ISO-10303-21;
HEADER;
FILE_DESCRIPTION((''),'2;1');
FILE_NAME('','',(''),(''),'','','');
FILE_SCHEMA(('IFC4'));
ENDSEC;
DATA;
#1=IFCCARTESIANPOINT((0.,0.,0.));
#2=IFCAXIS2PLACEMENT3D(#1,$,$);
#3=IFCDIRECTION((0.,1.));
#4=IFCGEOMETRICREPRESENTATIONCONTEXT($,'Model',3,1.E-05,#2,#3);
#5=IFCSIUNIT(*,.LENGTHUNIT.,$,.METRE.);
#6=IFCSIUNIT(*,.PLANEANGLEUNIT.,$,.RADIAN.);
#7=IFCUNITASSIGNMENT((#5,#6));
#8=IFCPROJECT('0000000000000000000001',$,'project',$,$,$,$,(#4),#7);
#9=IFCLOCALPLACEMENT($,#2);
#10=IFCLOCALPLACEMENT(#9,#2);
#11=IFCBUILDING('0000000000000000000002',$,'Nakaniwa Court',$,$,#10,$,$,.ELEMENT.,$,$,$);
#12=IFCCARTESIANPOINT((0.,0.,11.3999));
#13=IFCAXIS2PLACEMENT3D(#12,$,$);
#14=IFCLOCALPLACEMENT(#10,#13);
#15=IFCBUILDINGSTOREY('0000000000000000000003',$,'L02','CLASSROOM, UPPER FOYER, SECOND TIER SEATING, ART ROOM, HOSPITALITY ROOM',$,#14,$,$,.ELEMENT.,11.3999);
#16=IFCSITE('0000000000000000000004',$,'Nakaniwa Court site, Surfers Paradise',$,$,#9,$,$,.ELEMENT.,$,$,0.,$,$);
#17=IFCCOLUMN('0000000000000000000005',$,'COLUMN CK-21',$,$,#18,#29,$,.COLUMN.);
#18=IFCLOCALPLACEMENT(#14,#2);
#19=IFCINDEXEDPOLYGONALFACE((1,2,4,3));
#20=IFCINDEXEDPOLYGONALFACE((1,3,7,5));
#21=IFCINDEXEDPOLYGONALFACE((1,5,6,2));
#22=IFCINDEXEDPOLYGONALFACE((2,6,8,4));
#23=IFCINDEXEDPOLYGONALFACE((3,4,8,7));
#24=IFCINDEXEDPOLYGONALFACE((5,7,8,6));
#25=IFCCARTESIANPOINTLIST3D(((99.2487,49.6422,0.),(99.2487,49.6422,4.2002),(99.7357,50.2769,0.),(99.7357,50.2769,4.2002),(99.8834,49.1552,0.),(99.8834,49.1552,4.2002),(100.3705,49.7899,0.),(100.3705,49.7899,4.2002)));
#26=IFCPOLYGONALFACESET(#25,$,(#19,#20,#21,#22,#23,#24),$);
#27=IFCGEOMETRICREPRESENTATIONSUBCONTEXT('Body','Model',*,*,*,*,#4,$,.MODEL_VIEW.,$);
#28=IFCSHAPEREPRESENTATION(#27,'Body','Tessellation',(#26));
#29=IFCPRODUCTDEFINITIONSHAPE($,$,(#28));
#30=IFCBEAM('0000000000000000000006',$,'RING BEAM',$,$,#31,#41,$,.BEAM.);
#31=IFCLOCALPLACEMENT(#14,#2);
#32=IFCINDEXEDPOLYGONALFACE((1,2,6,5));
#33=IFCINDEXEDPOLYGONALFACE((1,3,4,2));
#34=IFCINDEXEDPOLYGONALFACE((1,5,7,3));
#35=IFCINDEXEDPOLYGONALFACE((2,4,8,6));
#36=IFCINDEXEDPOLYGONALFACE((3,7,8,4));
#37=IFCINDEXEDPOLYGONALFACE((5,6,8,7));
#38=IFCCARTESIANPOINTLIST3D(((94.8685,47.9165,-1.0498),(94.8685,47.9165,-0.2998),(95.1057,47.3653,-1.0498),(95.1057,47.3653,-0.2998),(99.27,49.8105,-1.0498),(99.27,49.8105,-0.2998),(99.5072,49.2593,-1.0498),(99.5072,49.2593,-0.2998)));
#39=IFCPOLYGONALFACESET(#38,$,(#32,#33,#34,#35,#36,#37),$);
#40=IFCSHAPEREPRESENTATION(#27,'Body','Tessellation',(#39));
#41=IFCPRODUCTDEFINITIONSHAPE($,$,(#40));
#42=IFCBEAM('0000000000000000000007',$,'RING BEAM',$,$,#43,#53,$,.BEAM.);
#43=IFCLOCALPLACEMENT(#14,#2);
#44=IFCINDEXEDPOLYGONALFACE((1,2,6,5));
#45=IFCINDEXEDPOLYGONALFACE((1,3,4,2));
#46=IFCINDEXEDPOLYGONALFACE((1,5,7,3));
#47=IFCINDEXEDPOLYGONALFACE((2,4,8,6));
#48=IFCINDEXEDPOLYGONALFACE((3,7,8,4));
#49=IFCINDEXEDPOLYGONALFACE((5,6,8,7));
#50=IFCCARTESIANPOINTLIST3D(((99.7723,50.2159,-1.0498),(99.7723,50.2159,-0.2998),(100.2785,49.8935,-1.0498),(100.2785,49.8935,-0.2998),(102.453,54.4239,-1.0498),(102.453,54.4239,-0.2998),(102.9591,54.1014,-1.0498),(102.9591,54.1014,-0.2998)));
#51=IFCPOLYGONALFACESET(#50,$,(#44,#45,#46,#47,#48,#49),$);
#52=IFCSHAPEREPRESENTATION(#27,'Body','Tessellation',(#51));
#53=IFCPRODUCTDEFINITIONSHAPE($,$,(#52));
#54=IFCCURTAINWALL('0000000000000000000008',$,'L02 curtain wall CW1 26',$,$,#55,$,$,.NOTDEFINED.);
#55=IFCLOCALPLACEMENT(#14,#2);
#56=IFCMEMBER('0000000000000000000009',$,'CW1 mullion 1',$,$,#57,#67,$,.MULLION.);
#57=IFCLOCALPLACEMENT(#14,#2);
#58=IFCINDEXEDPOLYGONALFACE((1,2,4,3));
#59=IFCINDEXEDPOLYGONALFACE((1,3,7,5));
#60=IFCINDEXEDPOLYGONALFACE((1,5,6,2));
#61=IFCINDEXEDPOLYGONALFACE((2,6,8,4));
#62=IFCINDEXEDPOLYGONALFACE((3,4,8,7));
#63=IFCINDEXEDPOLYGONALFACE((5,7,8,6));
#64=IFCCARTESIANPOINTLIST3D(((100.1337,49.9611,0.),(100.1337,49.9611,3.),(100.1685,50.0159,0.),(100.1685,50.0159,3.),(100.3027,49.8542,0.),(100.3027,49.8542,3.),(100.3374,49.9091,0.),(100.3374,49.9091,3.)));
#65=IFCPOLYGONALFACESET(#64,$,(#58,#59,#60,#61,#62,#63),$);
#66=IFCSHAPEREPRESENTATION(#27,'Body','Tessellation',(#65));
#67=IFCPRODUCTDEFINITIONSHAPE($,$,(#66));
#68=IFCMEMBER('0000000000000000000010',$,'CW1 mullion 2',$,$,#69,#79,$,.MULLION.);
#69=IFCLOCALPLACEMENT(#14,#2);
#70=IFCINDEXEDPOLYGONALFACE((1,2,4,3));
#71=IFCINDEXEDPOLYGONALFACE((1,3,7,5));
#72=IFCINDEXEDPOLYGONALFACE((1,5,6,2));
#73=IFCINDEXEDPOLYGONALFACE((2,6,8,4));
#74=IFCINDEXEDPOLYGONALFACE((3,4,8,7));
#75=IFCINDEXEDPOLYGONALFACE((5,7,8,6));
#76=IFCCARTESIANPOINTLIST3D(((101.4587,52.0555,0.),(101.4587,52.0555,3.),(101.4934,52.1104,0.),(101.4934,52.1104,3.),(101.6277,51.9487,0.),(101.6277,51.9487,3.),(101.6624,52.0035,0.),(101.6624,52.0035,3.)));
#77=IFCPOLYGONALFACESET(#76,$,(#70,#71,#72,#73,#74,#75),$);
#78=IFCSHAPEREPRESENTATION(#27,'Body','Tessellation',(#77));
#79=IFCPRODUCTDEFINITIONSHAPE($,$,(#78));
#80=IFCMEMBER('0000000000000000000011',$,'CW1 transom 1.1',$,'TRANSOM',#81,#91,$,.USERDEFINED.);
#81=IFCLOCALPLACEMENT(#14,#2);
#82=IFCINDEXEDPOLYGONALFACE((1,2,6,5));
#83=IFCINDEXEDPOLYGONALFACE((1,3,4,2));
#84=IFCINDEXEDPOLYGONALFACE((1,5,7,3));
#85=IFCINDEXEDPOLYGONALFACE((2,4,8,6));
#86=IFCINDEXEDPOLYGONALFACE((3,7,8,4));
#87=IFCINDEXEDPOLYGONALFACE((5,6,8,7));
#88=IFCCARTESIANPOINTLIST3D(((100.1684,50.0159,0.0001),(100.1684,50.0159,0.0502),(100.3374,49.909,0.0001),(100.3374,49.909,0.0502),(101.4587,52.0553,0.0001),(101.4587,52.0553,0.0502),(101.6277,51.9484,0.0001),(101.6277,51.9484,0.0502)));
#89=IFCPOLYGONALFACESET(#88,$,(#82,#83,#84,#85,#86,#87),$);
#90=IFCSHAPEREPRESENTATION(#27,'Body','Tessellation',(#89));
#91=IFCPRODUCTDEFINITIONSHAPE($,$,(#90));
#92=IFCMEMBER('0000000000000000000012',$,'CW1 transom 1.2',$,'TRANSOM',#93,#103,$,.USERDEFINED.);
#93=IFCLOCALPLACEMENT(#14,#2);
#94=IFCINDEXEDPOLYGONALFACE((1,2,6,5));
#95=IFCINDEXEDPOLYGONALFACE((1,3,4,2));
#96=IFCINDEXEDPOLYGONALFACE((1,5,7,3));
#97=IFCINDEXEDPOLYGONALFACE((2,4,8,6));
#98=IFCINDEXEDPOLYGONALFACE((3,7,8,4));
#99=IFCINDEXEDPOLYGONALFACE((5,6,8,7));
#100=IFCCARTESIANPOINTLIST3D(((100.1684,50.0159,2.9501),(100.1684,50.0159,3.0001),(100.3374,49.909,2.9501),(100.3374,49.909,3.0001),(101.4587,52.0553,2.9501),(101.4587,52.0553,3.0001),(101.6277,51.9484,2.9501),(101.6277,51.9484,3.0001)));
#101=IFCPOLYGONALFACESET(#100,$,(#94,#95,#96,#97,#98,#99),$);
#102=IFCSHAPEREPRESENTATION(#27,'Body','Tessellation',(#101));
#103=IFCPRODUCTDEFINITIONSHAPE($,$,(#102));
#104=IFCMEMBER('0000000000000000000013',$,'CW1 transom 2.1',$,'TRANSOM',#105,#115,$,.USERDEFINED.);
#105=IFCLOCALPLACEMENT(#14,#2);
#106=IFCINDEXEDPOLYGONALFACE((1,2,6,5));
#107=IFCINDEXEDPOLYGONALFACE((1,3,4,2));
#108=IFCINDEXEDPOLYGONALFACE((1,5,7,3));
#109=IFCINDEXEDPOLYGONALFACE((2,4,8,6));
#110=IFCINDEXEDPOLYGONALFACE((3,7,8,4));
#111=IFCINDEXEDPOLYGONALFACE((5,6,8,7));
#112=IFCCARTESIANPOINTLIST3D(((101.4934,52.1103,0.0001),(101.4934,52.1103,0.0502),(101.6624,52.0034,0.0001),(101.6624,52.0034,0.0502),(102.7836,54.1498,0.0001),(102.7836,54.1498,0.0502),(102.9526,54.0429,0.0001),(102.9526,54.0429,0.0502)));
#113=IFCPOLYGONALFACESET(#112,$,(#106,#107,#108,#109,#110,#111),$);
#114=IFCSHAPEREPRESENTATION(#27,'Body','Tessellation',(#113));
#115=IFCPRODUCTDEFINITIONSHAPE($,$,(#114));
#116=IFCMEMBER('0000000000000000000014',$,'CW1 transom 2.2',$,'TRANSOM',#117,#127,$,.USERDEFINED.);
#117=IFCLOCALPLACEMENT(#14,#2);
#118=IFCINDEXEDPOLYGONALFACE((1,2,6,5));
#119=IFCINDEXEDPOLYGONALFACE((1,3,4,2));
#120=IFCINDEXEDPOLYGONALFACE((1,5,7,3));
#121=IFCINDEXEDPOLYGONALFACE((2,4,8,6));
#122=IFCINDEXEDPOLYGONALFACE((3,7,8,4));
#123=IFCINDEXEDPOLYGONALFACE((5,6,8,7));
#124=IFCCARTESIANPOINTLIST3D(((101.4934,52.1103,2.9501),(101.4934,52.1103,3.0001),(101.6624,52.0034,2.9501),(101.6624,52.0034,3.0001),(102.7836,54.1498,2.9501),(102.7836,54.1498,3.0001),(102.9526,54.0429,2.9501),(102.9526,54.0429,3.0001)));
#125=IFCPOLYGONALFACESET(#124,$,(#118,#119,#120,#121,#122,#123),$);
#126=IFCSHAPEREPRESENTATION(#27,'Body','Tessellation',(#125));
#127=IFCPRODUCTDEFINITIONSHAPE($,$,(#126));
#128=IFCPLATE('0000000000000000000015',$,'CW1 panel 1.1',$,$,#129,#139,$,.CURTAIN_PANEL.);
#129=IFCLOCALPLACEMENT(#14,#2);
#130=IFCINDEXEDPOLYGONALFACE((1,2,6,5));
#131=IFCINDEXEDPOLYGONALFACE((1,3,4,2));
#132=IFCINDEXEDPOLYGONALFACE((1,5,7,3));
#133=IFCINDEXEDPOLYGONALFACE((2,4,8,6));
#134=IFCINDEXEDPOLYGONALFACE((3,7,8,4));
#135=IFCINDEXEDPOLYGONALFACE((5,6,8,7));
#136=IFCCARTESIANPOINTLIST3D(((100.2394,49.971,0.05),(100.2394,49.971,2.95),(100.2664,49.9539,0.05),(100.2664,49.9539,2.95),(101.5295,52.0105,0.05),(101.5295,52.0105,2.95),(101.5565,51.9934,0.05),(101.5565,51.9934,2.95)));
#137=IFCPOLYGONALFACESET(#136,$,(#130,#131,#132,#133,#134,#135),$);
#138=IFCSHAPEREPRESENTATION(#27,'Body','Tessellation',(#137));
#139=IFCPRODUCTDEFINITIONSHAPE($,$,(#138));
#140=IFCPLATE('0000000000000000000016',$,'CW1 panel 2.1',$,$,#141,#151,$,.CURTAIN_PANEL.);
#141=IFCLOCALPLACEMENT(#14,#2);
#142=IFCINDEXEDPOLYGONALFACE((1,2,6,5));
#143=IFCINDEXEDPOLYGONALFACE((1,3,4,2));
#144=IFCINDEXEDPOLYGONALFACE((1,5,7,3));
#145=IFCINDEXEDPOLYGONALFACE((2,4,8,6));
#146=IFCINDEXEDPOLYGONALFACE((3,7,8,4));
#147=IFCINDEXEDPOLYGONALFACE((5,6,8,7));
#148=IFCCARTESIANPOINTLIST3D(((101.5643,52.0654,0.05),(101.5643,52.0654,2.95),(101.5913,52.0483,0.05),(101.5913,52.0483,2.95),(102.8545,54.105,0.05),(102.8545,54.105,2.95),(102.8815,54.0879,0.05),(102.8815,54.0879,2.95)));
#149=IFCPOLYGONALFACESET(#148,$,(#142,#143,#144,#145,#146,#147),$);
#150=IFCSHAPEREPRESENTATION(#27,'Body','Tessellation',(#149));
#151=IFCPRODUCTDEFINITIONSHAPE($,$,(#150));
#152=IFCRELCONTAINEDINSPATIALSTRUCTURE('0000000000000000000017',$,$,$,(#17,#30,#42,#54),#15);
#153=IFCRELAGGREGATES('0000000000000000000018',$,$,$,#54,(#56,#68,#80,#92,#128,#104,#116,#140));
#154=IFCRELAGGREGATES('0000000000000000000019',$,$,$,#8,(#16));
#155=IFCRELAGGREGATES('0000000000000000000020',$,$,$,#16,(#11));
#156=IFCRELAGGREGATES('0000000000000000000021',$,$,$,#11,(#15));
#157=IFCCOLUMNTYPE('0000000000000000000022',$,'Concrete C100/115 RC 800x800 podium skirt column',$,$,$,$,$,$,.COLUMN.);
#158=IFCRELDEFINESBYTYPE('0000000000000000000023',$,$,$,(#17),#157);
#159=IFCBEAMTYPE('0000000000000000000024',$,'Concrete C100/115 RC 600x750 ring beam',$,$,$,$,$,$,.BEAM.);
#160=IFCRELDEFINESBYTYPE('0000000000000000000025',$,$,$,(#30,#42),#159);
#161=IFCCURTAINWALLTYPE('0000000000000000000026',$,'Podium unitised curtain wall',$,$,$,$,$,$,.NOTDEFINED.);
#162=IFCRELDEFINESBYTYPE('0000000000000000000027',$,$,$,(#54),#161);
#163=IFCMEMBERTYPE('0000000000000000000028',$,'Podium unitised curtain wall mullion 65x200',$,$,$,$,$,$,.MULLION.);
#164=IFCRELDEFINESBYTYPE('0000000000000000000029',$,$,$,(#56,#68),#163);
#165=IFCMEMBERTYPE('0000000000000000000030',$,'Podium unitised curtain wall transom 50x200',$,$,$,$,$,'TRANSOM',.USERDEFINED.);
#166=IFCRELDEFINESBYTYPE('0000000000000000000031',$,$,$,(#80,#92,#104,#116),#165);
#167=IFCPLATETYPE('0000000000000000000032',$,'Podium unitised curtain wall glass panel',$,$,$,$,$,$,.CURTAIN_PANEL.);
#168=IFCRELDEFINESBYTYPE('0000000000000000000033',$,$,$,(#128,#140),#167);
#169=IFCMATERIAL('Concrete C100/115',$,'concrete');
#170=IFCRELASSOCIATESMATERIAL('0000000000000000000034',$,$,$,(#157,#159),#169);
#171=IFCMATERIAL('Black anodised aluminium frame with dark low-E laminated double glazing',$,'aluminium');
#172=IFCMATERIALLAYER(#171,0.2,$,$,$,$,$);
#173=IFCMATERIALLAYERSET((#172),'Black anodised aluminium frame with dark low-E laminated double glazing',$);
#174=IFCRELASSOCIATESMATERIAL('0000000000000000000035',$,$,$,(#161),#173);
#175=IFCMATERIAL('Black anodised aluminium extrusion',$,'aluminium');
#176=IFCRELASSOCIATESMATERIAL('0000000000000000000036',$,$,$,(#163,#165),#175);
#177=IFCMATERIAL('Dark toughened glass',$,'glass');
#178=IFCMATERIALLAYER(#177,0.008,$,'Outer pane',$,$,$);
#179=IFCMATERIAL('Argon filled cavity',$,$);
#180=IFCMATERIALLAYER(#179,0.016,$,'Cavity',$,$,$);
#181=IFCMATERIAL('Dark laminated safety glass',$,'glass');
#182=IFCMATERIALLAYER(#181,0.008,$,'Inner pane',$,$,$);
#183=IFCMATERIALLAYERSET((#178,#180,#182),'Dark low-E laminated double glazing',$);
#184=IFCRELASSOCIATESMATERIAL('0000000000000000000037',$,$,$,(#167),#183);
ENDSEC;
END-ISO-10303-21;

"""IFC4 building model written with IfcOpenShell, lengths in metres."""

from ifc_helpers import new_model, si_unit, direction, frame, origin, origin_2d, place, context, subcontext, project, spatial, rectangle, extrude, material, layer, layer_set, material_profile, profile_set, type_object, element, aggregate, save


model = new_model("IFC4")

# Units and contexts
model_context = context("Model", 3, precision=1e-05, world=origin(), true_north=direction((0.0, 1.0)))
body_context = subcontext(model_context, "Body", "Model", "MODEL_VIEW")
ifc_project = project(units=[si_unit("LENGTHUNIT", "METRE"), si_unit("PLANEANGLEUNIT", "RADIAN")], contexts=[model_context])

# Site, building, storey
site_placement = place(None, origin())
site = spatial("IfcSite", under=ifc_project, at=site_placement, Name="Nakaniwa Court site, Surfers Paradise", CompositionType="ELEMENT", RefElevation=0.0)
building_placement = place(site_placement, origin())
building = spatial("IfcBuilding", under=site, at=building_placement, Name="Nakaniwa Court", CompositionType="ELEMENT")
storey_placement = place(building_placement, frame((0.0, 0.0, 11.3999)))
storey = spatial("IfcBuildingStorey", under=building, at=storey_placement, Name="L02", Description="CLASSROOM, UPPER FOYER, SECOND TIER SEATING, ART ROOM, HOSPITALITY ROOM", CompositionType="ELEMENT", Elevation=11.3999)

# Column
ifc_material_1 = material(Name="Concrete C100/115", Category="concrete")
ifc_material_profile_1 = material_profile(ifc_material_1, rectangle(XDim=0.8, YDim=0.8, at=origin_2d()), Name="Concrete C100/115 RC 800x800 podium skirt column")
ifc_profile_set_1 = profile_set([ifc_material_profile_1], Name="Concrete C100/115")
column_type = type_object("IfcColumnType", Name="Concrete C100/115 RC 800x800 podium skirt column", PredefinedType="COLUMN", material=ifc_profile_set_1)
column_placement = place(storey_placement, frame((99.8096, 49.7161, 0.0), z_axis=(0.0, 0.0, 1.0), x_axis=(0.608761, 0.793353, 0.0)))
element("IfcColumn", 1, at=column_placement, inside=storey, type_object=column_type, Name="COLUMN CK-21", PredefinedType="COLUMN", context=body_context, shape_type="SweptSolid", body=[
    extrude(rectangle(XDim=0.8, YDim=0.8, at=origin_2d()), origin(), (0.0, 0.0, 1.0), 4.2002),
])

# Beams
ifc_material_profile_2 = material_profile(ifc_material_1, rectangle(XDim=0.6001, YDim=0.75, at=origin_2d()), Name="Concrete C100/115 RC 600x750 ring beam")
ifc_profile_set_2 = profile_set([ifc_material_profile_2], Name="Concrete C100/115")
beam_type = type_object("IfcBeamType", Name="Concrete C100/115 RC 600x750 ring beam", PredefinedType="BEAM", material=ifc_profile_set_2)
beam_1_placement = place(storey_placement, frame((94.9871, 47.6409, -0.6748), z_axis=(0.918567, 0.395266, 0.0), x_axis=(-0.395266, 0.918567, 0.0)))
element("IfcBeam", 2, at=beam_1_placement, inside=storey, type_object=beam_type, Name="RING BEAM", PredefinedType="BEAM", context=body_context, shape_type="SweptSolid", body=[
    extrude(rectangle(XDim=0.6001, YDim=0.75, at=origin_2d()), origin(), (0.0, 0.0, 1.0), 4.7917),
])
beam_2_placement = place(storey_placement, frame((100.0254, 50.0547, -0.6748), z_axis=(0.537281, 0.843403, 0.0), x_axis=(-0.843403, 0.537281, 0.0)))
element("IfcBeam", 3, at=beam_2_placement, inside=storey, type_object=beam_type, Name="RING BEAM", PredefinedType="BEAM", context=body_context, shape_type="SweptSolid", body=[
    extrude(rectangle(XDim=0.6001, YDim=0.75, at=origin_2d()), origin(), (0.0, 0.0, 1.0), 4.9893),
])

# Curtain wall, members, plates
ifc_material_2 = material(Name="Black anodised aluminium frame with dark low-E laminated double glazing", Category="aluminium")
ifc_layer_1 = layer(ifc_material_2, 0.2)
ifc_layer_set_1 = layer_set([ifc_layer_1], Name="Black anodised aluminium frame with dark low-E laminated double glazing")
curtain_wall_type = type_object("IfcCurtainWallType", Name="Podium unitised curtain wall", PredefinedType="NOTDEFINED", material=ifc_layer_set_1)
curtain_wall_placement = place(storey_placement, origin())
curtain_wall = element("IfcCurtainWall", 4, at=curtain_wall_placement, inside=storey, type_object=curtain_wall_type, Name="L02 curtain wall CW1 26", PredefinedType="NOTDEFINED")
ifc_material_3 = material(Name="Black anodised aluminium extrusion", Category="aluminium")
ifc_material_profile_3 = material_profile(ifc_material_3, rectangle(XDim=0.2, YDim=0.0649, at=origin_2d()), Name="Podium unitised curtain wall mullion 65x200")
ifc_profile_set_3 = profile_set([ifc_material_profile_3], Name="Black anodised aluminium extrusion")
member_type_1 = type_object("IfcMemberType", Name="Podium unitised curtain wall mullion 65x200", PredefinedType="MULLION", material=ifc_profile_set_3)
member_1_placement = place(storey_placement, frame((100.2356, 49.9351, 0.0), z_axis=(0.0, 0.0, 1.0), x_axis=(-0.845107, 0.534597, 0.0)))
member_1 = element("IfcMember", 5, at=member_1_placement, type_object=member_type_1, Name="CW1 mullion 1", PredefinedType="MULLION", context=body_context, shape_type="SweptSolid", body=[
    extrude(rectangle(XDim=0.2, YDim=0.0649, at=origin_2d()), origin(), (0.0, 0.0, 1.0), 3.0),
])
member_2_placement = place(storey_placement, frame((101.5605, 52.0295, 0.0), z_axis=(0.0, 0.0, 1.0), x_axis=(-0.845107, 0.534597, 0.0)))
member_2 = element("IfcMember", 6, at=member_2_placement, type_object=member_type_1, Name="CW1 mullion 2", PredefinedType="MULLION", context=body_context, shape_type="SweptSolid", body=[
    extrude(rectangle(XDim=0.2, YDim=0.0649, at=origin_2d()), origin(), (0.0, 0.0, 1.0), 3.0),
])
ifc_material_profile_4 = material_profile(ifc_material_3, rectangle(XDim=0.2, YDim=0.05, at=origin_2d()), Name="Podium unitised curtain wall transom 50x200")
ifc_profile_set_4 = profile_set([ifc_material_profile_4], Name="Black anodised aluminium extrusion")
member_type_2 = type_object("IfcMemberType", Name="Podium unitised curtain wall transom 50x200", ElementType="TRANSOM", PredefinedType="USERDEFINED", material=ifc_profile_set_4)
member_3_placement = place(storey_placement, frame((100.2529, 49.9624, 0.0251), z_axis=(0.534628, 0.845087, 0.0), x_axis=(-0.845087, 0.534628, 0.0)))
member_3 = element("IfcMember", 7, at=member_3_placement, type_object=member_type_2, Name="CW1 transom 1.1", ObjectType="TRANSOM", PredefinedType="USERDEFINED", context=body_context, shape_type="SweptSolid", body=[
    extrude(rectangle(XDim=0.2, YDim=0.05, at=origin_2d()), origin(), (0.0, 0.0, 1.0), 2.4133),
])
member_4_placement = place(storey_placement, frame((100.2529, 49.9624, 2.9751), z_axis=(0.534628, 0.845087, 0.0), x_axis=(-0.845087, 0.534628, 0.0)))
member_4 = element("IfcMember", 8, at=member_4_placement, type_object=member_type_2, Name="CW1 transom 1.2", ObjectType="TRANSOM", PredefinedType="USERDEFINED", context=body_context, shape_type="SweptSolid", body=[
    extrude(rectangle(XDim=0.2, YDim=0.05, at=origin_2d()), origin(), (0.0, 0.0, 1.0), 2.4133),
])
member_5_placement = place(storey_placement, frame((101.5779, 52.0569, 0.0251), z_axis=(0.534628, 0.845087, 0.0), x_axis=(-0.845087, 0.534628, 0.0)))
member_5 = element("IfcMember", 9, at=member_5_placement, type_object=member_type_2, Name="CW1 transom 2.1", ObjectType="TRANSOM", PredefinedType="USERDEFINED", context=body_context, shape_type="SweptSolid", body=[
    extrude(rectangle(XDim=0.2, YDim=0.05, at=origin_2d()), origin(), (0.0, 0.0, 1.0), 2.4133),
])
member_6_placement = place(storey_placement, frame((101.5779, 52.0569, 2.9751), z_axis=(0.534628, 0.845087, 0.0), x_axis=(-0.845087, 0.534628, 0.0)))
member_6 = element("IfcMember", 10, at=member_6_placement, type_object=member_type_2, Name="CW1 transom 2.2", ObjectType="TRANSOM", PredefinedType="USERDEFINED", context=body_context, shape_type="SweptSolid", body=[
    extrude(rectangle(XDim=0.2, YDim=0.05, at=origin_2d()), origin(), (0.0, 0.0, 1.0), 2.4133),
])
ifc_material_4 = material(Name="Dark toughened glass", Category="glass")
ifc_layer_2 = layer(ifc_material_4, 0.008, Name="Outer pane")
ifc_material_5 = material(Name="Argon filled cavity")
ifc_layer_3 = layer(ifc_material_5, 0.016, Name="Cavity")
ifc_material_6 = material(Name="Dark laminated safety glass", Category="glass")
ifc_layer_4 = layer(ifc_material_6, 0.008, Name="Inner pane")
ifc_layer_set_2 = layer_set([ifc_layer_2, ifc_layer_3, ifc_layer_4], Name="Dark low-E laminated double glazing")
plate_type = type_object("IfcPlateType", Name="Podium unitised curtain wall glass panel", PredefinedType="CURTAIN_PANEL", material=ifc_layer_set_2)
plate_1_placement = place(storey_placement, frame((100.8979, 50.9822, 0.05), z_axis=(0.0, 0.0, 1.0), x_axis=(0.534597, 0.845107, 0.0)))
plate_1 = element("IfcPlate", 11, at=plate_1_placement, type_object=plate_type, Name="CW1 panel 1.1", PredefinedType="CURTAIN_PANEL", context=body_context, shape_type="SweptSolid", body=[
    extrude(rectangle(XDim=2.4133, YDim=0.032, at=origin_2d()), origin(), (0.0, 0.0, 1.0), 2.8999),
])
plate_2_placement = place(storey_placement, frame((102.2229, 53.0767, 0.05), z_axis=(0.0, 0.0, 1.0), x_axis=(0.534597, 0.845107, 0.0)))
plate_2 = element("IfcPlate", 12, at=plate_2_placement, type_object=plate_type, Name="CW1 panel 2.1", PredefinedType="CURTAIN_PANEL", context=body_context, shape_type="SweptSolid", body=[
    extrude(rectangle(XDim=2.4133, YDim=0.032, at=origin_2d()), origin(), (0.0, 0.0, 1.0), 2.8999),
])
aggregate(curtain_wall, [member_1, member_2, member_3, member_4, plate_1, member_5, member_6, plate_2])

save(model, "model.ifc")
